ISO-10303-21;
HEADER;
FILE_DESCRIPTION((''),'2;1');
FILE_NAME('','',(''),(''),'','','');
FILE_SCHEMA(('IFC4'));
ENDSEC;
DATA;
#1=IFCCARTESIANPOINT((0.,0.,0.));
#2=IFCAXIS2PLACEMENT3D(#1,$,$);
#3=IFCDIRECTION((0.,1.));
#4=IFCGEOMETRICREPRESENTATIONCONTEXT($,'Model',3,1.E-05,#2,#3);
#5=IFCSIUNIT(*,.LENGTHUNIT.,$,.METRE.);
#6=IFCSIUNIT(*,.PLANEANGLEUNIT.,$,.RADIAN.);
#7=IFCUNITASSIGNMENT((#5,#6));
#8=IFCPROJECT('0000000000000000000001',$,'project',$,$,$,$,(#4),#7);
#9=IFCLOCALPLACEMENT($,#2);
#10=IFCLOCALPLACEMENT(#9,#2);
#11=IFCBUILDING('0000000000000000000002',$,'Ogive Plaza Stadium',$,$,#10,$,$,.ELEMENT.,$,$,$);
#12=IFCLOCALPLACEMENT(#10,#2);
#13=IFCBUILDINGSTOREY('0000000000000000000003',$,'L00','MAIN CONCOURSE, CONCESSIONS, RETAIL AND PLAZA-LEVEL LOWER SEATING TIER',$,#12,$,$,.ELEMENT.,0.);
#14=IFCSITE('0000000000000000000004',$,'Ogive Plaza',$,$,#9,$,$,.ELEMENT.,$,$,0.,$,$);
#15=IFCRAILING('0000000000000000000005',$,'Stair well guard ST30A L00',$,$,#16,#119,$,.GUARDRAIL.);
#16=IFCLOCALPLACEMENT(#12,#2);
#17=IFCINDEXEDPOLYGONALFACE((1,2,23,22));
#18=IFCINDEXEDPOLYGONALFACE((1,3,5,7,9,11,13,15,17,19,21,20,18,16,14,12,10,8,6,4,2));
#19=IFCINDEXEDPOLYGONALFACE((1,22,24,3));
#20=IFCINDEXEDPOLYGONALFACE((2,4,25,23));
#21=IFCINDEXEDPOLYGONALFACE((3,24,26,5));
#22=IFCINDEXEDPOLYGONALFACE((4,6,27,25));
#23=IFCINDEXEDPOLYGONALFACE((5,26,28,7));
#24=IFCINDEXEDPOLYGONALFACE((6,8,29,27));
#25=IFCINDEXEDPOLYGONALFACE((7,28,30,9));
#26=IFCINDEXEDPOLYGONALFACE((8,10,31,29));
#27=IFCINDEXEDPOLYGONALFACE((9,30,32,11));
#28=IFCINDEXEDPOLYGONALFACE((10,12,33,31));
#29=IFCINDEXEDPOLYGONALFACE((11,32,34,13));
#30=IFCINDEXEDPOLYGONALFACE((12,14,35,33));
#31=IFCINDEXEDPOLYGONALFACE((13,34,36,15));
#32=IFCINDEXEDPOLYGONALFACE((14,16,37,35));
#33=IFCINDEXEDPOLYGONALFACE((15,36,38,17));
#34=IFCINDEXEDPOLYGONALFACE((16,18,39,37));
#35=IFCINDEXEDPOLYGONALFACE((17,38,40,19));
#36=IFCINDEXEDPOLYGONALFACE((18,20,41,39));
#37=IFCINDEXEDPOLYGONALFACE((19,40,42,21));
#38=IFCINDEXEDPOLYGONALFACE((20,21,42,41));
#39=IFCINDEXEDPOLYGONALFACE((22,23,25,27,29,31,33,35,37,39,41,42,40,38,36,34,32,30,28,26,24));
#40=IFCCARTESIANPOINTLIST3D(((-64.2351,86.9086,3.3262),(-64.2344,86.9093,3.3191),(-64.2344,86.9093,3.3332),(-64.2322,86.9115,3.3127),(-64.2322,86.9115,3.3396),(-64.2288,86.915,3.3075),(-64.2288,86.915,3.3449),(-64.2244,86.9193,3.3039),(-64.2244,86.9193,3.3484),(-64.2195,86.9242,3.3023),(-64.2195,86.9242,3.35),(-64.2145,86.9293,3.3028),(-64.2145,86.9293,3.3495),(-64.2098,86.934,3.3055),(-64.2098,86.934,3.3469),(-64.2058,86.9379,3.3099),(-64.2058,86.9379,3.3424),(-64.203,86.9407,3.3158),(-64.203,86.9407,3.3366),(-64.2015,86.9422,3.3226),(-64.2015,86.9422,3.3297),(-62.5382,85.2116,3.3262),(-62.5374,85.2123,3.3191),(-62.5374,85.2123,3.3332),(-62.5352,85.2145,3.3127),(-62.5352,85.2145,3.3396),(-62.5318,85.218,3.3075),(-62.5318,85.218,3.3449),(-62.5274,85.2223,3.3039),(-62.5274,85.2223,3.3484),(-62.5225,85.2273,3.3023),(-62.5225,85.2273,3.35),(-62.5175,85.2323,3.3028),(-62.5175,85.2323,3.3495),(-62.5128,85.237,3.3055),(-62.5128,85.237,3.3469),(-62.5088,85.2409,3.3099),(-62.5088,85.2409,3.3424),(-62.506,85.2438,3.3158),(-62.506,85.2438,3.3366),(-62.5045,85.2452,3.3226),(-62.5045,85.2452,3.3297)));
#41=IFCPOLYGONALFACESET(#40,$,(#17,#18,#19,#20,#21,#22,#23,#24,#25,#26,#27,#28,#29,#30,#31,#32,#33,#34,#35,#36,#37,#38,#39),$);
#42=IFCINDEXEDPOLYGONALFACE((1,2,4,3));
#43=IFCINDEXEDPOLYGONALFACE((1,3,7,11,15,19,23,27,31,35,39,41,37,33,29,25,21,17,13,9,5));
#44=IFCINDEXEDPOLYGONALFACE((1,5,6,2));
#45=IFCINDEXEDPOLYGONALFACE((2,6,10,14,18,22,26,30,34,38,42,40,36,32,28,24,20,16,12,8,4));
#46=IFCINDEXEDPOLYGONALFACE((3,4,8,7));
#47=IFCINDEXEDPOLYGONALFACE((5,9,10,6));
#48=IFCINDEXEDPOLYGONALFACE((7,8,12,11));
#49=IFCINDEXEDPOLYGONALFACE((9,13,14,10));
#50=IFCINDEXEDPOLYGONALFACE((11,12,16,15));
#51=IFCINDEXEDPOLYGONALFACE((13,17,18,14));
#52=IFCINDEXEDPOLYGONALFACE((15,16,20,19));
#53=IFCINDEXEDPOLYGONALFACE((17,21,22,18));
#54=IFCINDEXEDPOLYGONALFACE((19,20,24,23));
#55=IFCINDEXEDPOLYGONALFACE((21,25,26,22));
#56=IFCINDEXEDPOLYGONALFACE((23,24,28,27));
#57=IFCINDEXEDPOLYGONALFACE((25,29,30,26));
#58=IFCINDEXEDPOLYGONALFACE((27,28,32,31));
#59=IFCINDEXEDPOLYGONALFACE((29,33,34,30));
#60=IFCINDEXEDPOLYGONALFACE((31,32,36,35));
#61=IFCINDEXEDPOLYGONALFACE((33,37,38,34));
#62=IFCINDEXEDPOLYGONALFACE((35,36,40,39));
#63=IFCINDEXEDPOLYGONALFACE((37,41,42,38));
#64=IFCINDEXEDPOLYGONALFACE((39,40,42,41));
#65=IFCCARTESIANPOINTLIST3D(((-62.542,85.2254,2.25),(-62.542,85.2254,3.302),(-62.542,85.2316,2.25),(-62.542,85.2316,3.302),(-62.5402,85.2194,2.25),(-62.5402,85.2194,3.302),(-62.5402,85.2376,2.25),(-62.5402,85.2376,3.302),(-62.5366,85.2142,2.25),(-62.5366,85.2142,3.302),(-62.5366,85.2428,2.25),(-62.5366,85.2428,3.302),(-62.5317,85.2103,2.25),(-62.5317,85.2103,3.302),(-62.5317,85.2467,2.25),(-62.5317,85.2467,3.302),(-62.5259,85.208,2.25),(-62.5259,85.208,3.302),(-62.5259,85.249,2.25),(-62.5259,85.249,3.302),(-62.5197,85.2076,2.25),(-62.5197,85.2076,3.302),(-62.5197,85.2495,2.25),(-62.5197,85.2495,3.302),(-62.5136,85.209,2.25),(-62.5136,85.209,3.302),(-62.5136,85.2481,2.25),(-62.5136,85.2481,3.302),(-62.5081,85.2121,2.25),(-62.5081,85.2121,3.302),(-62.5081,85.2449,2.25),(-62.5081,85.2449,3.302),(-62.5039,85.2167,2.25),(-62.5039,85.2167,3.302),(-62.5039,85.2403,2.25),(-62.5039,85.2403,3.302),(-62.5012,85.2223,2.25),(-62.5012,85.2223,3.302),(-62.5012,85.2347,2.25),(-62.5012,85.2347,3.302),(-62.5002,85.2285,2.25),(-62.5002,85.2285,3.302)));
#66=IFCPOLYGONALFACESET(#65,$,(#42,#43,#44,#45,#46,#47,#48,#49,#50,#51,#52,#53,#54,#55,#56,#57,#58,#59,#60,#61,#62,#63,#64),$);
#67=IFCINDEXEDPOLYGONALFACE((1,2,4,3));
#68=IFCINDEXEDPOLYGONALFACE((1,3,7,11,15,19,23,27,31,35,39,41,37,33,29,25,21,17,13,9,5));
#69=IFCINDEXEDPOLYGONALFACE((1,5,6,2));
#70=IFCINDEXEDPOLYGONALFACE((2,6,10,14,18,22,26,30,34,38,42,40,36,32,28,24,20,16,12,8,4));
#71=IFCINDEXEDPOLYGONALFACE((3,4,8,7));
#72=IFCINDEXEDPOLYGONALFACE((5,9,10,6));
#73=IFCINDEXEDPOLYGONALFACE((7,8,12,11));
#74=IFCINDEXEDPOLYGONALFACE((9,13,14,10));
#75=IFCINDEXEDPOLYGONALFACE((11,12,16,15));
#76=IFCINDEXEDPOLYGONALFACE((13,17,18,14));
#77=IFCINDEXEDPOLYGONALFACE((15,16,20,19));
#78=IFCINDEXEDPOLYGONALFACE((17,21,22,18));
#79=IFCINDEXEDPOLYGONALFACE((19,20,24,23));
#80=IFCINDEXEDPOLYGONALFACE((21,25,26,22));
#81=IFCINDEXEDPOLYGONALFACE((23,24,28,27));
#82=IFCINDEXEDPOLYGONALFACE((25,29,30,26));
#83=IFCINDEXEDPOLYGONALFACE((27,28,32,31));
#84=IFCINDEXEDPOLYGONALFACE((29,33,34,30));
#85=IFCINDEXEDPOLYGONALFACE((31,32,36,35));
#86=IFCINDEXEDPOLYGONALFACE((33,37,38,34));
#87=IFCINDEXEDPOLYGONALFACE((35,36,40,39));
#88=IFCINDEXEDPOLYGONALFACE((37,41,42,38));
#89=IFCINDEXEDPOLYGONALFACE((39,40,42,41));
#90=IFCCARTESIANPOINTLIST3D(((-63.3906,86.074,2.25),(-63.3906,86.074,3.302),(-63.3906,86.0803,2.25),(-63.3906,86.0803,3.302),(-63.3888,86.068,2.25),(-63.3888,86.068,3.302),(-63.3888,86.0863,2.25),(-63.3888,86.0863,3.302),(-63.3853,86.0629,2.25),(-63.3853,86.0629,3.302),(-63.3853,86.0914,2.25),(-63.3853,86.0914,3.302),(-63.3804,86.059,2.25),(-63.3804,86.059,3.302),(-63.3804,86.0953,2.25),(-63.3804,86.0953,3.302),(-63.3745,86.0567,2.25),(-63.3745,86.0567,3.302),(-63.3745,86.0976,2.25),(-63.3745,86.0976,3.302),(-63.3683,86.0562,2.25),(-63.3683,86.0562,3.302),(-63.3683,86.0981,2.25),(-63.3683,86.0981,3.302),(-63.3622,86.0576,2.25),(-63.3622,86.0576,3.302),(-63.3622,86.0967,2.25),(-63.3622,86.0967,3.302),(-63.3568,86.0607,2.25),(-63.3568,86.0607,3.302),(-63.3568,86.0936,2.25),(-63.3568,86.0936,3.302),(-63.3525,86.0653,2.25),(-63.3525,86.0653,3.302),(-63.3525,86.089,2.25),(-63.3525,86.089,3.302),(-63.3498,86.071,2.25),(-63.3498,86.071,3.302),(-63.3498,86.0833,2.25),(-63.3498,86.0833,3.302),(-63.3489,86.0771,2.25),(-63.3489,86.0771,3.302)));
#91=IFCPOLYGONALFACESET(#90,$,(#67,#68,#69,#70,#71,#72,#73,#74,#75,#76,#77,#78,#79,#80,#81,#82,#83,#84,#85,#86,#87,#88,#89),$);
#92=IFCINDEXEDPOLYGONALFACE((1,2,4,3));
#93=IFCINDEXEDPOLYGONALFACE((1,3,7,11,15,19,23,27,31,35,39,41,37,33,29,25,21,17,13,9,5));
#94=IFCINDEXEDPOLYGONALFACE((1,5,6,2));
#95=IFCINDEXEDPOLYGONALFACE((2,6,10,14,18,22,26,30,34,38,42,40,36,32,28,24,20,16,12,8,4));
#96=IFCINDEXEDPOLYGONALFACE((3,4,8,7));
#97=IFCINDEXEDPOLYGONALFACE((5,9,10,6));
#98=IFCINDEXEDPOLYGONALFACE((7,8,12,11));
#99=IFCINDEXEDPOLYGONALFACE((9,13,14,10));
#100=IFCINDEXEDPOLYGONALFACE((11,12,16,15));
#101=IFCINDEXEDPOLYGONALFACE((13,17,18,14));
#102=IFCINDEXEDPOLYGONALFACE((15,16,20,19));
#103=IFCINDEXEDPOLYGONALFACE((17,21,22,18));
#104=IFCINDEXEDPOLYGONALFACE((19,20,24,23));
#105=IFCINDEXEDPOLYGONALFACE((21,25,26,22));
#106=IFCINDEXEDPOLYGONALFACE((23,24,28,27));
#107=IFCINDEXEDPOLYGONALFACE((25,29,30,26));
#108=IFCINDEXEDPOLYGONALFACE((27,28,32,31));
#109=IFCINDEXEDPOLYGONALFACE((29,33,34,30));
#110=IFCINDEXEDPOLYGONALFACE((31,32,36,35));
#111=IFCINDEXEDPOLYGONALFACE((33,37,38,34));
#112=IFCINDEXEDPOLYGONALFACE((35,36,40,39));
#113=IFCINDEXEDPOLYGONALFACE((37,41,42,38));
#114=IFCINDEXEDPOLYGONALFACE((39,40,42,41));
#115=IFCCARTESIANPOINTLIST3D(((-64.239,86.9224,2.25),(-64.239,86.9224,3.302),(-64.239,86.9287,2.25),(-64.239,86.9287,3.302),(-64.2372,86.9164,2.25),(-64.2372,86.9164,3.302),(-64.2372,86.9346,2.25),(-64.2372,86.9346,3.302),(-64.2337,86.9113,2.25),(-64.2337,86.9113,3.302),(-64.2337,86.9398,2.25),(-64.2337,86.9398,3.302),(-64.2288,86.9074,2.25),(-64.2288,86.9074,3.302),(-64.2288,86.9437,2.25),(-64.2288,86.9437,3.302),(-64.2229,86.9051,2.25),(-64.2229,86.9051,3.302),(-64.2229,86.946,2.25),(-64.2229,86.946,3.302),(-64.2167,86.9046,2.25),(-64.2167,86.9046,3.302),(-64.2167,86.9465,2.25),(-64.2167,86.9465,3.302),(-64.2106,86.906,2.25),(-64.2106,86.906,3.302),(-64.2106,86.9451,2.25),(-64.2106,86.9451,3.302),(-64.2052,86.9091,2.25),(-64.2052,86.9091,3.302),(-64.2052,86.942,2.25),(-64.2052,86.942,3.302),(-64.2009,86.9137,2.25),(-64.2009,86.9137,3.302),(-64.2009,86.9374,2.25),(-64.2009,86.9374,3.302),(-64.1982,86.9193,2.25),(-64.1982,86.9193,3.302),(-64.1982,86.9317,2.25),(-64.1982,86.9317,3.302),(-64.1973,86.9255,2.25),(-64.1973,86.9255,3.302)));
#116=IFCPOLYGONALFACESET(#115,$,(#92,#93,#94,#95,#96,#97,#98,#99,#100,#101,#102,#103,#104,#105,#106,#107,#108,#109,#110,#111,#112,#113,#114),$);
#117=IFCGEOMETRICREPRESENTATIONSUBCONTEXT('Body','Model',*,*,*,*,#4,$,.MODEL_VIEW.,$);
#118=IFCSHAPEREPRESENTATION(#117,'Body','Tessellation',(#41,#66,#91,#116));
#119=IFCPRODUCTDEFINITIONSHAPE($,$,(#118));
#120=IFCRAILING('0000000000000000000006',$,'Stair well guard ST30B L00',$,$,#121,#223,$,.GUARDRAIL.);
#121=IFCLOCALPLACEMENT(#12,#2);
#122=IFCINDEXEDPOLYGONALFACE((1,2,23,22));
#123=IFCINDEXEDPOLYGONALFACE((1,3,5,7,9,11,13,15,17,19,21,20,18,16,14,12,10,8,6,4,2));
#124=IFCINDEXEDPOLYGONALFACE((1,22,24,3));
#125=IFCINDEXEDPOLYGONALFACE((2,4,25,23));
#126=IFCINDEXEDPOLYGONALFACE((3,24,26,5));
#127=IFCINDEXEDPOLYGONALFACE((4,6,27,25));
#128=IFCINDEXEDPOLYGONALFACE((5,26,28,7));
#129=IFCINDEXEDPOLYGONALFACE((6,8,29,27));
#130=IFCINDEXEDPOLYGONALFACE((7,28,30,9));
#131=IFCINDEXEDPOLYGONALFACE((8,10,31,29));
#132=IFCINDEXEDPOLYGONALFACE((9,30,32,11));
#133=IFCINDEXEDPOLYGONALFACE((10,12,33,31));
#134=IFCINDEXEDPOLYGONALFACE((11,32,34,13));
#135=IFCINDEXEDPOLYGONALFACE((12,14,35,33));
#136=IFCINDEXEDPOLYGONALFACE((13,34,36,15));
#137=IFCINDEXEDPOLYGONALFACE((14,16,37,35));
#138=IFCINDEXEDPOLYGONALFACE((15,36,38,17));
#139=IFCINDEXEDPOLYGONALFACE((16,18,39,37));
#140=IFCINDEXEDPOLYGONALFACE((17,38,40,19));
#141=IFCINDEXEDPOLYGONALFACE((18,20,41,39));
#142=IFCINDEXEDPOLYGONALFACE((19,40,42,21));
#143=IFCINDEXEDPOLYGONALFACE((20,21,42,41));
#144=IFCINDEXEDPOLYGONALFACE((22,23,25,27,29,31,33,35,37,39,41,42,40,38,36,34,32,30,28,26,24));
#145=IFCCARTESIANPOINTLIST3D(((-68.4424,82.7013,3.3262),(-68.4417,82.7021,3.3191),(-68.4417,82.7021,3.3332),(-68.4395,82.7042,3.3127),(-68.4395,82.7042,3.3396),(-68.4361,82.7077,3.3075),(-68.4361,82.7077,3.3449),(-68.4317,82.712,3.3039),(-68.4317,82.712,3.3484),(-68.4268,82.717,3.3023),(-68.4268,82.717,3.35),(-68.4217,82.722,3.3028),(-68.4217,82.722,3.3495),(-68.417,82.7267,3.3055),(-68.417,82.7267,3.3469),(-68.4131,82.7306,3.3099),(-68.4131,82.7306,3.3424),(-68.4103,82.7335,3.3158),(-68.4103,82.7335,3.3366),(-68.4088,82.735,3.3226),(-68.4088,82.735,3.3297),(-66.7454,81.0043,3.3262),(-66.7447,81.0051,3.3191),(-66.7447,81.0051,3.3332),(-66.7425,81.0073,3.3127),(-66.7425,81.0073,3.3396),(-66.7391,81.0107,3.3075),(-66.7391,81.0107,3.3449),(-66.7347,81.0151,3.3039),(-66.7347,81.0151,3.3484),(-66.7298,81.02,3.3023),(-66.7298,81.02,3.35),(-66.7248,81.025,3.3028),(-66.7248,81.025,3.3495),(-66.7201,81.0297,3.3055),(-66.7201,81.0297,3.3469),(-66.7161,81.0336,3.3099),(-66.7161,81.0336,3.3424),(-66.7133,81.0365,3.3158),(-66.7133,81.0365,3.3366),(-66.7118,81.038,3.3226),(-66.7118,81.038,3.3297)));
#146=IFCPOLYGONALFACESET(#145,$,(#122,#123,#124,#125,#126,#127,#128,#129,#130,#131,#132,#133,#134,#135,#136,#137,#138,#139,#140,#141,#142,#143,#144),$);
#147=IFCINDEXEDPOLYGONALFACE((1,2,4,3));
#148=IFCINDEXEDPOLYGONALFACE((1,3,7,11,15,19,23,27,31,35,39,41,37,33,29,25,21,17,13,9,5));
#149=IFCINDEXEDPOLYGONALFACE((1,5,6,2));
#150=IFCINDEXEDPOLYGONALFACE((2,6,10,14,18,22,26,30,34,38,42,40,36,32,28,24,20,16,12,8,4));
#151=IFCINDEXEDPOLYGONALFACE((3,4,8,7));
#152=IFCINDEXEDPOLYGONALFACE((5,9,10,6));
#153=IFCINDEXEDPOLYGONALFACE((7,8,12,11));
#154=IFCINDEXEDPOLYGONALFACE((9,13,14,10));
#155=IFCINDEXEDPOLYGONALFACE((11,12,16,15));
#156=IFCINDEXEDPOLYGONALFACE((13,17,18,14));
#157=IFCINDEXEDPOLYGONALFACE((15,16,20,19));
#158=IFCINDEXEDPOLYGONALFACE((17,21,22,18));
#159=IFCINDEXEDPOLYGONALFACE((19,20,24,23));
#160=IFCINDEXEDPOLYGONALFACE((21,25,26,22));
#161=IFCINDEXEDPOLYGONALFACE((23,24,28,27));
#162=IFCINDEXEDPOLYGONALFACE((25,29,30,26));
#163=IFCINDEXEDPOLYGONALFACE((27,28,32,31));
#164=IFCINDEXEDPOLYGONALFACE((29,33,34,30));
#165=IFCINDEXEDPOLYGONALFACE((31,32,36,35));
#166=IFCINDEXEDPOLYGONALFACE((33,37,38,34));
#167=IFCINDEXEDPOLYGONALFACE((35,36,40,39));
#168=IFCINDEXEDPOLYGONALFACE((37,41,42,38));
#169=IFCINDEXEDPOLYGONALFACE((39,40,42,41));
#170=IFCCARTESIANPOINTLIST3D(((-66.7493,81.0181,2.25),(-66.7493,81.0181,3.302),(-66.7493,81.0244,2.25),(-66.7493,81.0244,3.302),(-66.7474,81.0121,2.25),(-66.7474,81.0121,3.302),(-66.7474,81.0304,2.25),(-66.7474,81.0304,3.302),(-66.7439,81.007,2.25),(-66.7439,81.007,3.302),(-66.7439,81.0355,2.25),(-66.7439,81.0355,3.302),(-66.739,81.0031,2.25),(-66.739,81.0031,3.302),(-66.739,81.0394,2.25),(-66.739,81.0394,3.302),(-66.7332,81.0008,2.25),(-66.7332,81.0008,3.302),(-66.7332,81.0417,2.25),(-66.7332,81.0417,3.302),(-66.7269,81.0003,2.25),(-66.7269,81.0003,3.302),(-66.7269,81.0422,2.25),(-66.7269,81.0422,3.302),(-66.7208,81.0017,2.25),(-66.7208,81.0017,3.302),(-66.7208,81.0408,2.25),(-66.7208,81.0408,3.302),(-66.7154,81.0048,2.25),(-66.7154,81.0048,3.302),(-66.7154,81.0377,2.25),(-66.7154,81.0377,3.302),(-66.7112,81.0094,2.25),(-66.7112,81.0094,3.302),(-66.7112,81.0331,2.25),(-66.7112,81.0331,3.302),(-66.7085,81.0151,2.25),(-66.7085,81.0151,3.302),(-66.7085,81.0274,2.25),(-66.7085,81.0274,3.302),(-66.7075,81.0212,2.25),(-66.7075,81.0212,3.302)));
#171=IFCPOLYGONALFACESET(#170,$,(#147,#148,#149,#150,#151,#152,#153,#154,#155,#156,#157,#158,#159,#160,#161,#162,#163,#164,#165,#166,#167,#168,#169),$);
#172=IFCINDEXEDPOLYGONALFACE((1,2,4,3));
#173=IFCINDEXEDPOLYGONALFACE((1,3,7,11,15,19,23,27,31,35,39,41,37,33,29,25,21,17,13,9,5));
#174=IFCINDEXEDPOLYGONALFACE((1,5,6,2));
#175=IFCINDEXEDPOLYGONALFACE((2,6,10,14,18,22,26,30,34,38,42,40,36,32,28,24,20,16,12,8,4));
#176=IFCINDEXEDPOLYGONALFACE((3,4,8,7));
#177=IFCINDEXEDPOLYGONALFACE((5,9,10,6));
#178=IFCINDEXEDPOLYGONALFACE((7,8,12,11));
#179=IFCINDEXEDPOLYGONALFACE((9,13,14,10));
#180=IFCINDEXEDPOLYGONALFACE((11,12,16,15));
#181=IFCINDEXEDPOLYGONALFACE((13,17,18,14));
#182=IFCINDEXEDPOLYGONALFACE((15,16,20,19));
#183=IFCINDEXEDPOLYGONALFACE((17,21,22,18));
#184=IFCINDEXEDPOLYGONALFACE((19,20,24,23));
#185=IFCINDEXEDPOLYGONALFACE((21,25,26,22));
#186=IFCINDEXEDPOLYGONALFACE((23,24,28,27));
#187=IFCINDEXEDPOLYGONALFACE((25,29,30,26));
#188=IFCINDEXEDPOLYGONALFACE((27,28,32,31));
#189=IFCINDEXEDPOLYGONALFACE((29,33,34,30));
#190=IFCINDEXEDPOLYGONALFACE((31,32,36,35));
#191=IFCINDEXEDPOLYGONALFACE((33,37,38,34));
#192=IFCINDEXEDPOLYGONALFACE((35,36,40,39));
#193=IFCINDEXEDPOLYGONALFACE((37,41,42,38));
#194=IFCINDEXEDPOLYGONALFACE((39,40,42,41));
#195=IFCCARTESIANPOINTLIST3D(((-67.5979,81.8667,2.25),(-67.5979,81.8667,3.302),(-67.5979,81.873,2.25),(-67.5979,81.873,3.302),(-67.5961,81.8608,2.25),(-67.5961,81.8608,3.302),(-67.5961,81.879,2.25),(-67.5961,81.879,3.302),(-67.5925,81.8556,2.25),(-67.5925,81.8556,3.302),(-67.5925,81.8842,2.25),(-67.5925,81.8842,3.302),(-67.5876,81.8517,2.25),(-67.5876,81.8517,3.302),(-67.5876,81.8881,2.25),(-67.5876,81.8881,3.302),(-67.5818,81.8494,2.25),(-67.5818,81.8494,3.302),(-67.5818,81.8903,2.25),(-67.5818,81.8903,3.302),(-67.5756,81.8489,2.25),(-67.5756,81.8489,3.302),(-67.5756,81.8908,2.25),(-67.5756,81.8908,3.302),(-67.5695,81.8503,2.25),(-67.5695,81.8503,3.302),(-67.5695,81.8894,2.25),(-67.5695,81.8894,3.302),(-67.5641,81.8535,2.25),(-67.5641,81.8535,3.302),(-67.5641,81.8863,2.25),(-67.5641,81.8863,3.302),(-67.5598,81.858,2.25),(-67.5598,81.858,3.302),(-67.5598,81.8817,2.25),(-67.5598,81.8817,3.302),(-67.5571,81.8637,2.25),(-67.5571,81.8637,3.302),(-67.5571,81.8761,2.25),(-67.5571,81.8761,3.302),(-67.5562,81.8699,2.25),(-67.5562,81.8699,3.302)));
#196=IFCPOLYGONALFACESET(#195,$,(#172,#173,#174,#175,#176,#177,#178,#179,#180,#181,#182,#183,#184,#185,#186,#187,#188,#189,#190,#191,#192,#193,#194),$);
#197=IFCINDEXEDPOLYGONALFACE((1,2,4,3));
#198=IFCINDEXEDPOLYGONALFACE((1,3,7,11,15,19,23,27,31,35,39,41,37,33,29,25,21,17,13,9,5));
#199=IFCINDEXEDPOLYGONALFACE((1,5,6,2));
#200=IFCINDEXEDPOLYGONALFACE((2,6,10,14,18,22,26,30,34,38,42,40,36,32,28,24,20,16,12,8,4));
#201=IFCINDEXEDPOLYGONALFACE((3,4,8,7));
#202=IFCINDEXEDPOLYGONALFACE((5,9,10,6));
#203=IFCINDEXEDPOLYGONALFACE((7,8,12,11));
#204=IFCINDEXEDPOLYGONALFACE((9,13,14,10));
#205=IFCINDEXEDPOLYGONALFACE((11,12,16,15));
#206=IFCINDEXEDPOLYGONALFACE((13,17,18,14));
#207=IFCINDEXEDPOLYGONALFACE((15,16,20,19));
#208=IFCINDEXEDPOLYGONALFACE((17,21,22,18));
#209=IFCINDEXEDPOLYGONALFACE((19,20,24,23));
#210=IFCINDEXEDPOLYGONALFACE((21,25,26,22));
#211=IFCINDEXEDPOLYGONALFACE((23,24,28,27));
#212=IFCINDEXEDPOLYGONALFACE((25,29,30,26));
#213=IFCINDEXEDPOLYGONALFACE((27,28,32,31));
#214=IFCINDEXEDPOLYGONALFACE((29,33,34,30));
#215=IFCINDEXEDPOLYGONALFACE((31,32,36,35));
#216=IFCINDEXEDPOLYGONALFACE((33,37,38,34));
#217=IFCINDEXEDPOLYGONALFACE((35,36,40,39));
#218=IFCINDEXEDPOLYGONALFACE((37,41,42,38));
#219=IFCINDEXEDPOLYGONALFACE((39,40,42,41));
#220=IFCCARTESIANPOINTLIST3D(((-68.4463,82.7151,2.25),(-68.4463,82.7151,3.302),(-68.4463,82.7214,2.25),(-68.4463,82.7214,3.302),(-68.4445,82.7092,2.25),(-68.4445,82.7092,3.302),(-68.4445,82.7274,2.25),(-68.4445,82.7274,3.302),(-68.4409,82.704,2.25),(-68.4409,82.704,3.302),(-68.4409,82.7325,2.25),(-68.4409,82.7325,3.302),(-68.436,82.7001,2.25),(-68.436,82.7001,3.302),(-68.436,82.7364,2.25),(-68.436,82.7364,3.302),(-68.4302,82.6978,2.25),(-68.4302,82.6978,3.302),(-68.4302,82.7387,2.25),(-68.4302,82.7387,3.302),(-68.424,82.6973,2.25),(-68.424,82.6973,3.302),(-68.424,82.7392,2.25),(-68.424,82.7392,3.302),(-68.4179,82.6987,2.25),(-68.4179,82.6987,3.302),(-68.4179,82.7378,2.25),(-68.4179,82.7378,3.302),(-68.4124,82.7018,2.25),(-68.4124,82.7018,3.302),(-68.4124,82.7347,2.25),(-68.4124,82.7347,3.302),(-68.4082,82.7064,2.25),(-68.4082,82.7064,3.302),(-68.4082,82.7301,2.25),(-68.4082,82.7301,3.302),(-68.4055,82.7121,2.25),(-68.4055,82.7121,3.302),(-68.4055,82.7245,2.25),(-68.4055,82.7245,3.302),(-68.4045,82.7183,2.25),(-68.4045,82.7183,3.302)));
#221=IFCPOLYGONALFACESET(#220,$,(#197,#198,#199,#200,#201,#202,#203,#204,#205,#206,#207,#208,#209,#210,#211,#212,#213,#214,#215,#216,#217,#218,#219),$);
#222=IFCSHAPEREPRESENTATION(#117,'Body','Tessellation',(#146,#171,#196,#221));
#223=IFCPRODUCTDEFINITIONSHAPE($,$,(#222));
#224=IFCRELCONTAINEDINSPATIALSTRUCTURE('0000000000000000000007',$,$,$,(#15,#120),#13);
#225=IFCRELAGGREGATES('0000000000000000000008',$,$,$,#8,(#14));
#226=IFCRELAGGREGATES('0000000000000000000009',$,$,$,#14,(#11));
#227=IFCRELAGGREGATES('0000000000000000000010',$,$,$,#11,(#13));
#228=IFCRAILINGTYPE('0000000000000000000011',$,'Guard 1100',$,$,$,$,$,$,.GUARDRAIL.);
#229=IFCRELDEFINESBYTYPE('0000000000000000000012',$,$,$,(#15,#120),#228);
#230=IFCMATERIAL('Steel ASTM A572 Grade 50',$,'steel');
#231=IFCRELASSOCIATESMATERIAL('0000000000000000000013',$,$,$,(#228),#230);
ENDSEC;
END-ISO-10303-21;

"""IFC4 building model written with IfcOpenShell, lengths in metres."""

from ifc_helpers import new_model, si_unit, direction, frame, origin, origin_2d, place, context, subcontext, project, spatial, circle, extrude, material, type_object, element, save


model = new_model("IFC4")

# Units and contexts
model_context = context("Model", 3, precision=1e-05, world=origin(), true_north=direction((0.0, 1.0)))
body_context = subcontext(model_context, "Body", "Model", "MODEL_VIEW")
ifc_project = project(units=[si_unit("LENGTHUNIT", "METRE"), si_unit("PLANEANGLEUNIT", "RADIAN")], contexts=[model_context])

# Site, building, storey
site_placement = place(None, origin())
site = spatial("IfcSite", under=ifc_project, at=site_placement, Name="Ogive Plaza", CompositionType="ELEMENT", RefElevation=0.0)
building_placement = place(site_placement, origin())
building = spatial("IfcBuilding", under=site, at=building_placement, Name="Ogive Plaza Stadium", CompositionType="ELEMENT")
storey_placement = place(building_placement, origin())
storey = spatial("IfcBuildingStorey", under=building, at=storey_placement, Name="L00", Description="MAIN CONCOURSE, CONCESSIONS, RETAIL AND PLAZA-LEVEL LOWER SEATING TIER", CompositionType="ELEMENT", Elevation=0.0)

# Railings
ifc_material_1 = material(Name="Steel ASTM A572 Grade 50", Category="steel")
railing_type_1 = type_object("IfcRailingType", Name="Guard 1100", PredefinedType="GUARDRAIL", material=ifc_material_1)
for number, where, name in (
    (1, (-62.5212, 85.2285, 2.25), "Stair well guard ST30A L00"),
    (2, (-66.7285, 81.0212, 2.25), "Stair well guard ST30B L00"),
):
    element("IfcRailing", number, at=place(storey_placement, frame(where)), inside=storey, type_object=railing_type_1, Name=name, PredefinedType="GUARDRAIL", context=body_context, shape_type="SweptSolid", body=[
        extrude(circle(Radius=0.0239, at=origin_2d()), frame((0.0, 0.0, 1.0762), z_axis=(-0.707107, 0.707107, 0.0), x_axis=(-0.707107, -0.707107, 0.0)), (0.0, 0.0, 1.0), 2.3999),
        extrude(circle(Radius=0.021, at=origin_2d()), origin(), (0.0, 0.0, 1.0), 1.052),
        extrude(circle(Radius=0.021, at=origin_2d()), frame((-0.8486, 0.8486, 0.0)), (0.0, 0.0, 1.0), 1.052),
        extrude(circle(Radius=0.021, at=origin_2d()), frame((-1.697, 1.697, 0.0)), (0.0, 0.0, 1.0), 1.052),
    ])

save(model, "model.ifc")
